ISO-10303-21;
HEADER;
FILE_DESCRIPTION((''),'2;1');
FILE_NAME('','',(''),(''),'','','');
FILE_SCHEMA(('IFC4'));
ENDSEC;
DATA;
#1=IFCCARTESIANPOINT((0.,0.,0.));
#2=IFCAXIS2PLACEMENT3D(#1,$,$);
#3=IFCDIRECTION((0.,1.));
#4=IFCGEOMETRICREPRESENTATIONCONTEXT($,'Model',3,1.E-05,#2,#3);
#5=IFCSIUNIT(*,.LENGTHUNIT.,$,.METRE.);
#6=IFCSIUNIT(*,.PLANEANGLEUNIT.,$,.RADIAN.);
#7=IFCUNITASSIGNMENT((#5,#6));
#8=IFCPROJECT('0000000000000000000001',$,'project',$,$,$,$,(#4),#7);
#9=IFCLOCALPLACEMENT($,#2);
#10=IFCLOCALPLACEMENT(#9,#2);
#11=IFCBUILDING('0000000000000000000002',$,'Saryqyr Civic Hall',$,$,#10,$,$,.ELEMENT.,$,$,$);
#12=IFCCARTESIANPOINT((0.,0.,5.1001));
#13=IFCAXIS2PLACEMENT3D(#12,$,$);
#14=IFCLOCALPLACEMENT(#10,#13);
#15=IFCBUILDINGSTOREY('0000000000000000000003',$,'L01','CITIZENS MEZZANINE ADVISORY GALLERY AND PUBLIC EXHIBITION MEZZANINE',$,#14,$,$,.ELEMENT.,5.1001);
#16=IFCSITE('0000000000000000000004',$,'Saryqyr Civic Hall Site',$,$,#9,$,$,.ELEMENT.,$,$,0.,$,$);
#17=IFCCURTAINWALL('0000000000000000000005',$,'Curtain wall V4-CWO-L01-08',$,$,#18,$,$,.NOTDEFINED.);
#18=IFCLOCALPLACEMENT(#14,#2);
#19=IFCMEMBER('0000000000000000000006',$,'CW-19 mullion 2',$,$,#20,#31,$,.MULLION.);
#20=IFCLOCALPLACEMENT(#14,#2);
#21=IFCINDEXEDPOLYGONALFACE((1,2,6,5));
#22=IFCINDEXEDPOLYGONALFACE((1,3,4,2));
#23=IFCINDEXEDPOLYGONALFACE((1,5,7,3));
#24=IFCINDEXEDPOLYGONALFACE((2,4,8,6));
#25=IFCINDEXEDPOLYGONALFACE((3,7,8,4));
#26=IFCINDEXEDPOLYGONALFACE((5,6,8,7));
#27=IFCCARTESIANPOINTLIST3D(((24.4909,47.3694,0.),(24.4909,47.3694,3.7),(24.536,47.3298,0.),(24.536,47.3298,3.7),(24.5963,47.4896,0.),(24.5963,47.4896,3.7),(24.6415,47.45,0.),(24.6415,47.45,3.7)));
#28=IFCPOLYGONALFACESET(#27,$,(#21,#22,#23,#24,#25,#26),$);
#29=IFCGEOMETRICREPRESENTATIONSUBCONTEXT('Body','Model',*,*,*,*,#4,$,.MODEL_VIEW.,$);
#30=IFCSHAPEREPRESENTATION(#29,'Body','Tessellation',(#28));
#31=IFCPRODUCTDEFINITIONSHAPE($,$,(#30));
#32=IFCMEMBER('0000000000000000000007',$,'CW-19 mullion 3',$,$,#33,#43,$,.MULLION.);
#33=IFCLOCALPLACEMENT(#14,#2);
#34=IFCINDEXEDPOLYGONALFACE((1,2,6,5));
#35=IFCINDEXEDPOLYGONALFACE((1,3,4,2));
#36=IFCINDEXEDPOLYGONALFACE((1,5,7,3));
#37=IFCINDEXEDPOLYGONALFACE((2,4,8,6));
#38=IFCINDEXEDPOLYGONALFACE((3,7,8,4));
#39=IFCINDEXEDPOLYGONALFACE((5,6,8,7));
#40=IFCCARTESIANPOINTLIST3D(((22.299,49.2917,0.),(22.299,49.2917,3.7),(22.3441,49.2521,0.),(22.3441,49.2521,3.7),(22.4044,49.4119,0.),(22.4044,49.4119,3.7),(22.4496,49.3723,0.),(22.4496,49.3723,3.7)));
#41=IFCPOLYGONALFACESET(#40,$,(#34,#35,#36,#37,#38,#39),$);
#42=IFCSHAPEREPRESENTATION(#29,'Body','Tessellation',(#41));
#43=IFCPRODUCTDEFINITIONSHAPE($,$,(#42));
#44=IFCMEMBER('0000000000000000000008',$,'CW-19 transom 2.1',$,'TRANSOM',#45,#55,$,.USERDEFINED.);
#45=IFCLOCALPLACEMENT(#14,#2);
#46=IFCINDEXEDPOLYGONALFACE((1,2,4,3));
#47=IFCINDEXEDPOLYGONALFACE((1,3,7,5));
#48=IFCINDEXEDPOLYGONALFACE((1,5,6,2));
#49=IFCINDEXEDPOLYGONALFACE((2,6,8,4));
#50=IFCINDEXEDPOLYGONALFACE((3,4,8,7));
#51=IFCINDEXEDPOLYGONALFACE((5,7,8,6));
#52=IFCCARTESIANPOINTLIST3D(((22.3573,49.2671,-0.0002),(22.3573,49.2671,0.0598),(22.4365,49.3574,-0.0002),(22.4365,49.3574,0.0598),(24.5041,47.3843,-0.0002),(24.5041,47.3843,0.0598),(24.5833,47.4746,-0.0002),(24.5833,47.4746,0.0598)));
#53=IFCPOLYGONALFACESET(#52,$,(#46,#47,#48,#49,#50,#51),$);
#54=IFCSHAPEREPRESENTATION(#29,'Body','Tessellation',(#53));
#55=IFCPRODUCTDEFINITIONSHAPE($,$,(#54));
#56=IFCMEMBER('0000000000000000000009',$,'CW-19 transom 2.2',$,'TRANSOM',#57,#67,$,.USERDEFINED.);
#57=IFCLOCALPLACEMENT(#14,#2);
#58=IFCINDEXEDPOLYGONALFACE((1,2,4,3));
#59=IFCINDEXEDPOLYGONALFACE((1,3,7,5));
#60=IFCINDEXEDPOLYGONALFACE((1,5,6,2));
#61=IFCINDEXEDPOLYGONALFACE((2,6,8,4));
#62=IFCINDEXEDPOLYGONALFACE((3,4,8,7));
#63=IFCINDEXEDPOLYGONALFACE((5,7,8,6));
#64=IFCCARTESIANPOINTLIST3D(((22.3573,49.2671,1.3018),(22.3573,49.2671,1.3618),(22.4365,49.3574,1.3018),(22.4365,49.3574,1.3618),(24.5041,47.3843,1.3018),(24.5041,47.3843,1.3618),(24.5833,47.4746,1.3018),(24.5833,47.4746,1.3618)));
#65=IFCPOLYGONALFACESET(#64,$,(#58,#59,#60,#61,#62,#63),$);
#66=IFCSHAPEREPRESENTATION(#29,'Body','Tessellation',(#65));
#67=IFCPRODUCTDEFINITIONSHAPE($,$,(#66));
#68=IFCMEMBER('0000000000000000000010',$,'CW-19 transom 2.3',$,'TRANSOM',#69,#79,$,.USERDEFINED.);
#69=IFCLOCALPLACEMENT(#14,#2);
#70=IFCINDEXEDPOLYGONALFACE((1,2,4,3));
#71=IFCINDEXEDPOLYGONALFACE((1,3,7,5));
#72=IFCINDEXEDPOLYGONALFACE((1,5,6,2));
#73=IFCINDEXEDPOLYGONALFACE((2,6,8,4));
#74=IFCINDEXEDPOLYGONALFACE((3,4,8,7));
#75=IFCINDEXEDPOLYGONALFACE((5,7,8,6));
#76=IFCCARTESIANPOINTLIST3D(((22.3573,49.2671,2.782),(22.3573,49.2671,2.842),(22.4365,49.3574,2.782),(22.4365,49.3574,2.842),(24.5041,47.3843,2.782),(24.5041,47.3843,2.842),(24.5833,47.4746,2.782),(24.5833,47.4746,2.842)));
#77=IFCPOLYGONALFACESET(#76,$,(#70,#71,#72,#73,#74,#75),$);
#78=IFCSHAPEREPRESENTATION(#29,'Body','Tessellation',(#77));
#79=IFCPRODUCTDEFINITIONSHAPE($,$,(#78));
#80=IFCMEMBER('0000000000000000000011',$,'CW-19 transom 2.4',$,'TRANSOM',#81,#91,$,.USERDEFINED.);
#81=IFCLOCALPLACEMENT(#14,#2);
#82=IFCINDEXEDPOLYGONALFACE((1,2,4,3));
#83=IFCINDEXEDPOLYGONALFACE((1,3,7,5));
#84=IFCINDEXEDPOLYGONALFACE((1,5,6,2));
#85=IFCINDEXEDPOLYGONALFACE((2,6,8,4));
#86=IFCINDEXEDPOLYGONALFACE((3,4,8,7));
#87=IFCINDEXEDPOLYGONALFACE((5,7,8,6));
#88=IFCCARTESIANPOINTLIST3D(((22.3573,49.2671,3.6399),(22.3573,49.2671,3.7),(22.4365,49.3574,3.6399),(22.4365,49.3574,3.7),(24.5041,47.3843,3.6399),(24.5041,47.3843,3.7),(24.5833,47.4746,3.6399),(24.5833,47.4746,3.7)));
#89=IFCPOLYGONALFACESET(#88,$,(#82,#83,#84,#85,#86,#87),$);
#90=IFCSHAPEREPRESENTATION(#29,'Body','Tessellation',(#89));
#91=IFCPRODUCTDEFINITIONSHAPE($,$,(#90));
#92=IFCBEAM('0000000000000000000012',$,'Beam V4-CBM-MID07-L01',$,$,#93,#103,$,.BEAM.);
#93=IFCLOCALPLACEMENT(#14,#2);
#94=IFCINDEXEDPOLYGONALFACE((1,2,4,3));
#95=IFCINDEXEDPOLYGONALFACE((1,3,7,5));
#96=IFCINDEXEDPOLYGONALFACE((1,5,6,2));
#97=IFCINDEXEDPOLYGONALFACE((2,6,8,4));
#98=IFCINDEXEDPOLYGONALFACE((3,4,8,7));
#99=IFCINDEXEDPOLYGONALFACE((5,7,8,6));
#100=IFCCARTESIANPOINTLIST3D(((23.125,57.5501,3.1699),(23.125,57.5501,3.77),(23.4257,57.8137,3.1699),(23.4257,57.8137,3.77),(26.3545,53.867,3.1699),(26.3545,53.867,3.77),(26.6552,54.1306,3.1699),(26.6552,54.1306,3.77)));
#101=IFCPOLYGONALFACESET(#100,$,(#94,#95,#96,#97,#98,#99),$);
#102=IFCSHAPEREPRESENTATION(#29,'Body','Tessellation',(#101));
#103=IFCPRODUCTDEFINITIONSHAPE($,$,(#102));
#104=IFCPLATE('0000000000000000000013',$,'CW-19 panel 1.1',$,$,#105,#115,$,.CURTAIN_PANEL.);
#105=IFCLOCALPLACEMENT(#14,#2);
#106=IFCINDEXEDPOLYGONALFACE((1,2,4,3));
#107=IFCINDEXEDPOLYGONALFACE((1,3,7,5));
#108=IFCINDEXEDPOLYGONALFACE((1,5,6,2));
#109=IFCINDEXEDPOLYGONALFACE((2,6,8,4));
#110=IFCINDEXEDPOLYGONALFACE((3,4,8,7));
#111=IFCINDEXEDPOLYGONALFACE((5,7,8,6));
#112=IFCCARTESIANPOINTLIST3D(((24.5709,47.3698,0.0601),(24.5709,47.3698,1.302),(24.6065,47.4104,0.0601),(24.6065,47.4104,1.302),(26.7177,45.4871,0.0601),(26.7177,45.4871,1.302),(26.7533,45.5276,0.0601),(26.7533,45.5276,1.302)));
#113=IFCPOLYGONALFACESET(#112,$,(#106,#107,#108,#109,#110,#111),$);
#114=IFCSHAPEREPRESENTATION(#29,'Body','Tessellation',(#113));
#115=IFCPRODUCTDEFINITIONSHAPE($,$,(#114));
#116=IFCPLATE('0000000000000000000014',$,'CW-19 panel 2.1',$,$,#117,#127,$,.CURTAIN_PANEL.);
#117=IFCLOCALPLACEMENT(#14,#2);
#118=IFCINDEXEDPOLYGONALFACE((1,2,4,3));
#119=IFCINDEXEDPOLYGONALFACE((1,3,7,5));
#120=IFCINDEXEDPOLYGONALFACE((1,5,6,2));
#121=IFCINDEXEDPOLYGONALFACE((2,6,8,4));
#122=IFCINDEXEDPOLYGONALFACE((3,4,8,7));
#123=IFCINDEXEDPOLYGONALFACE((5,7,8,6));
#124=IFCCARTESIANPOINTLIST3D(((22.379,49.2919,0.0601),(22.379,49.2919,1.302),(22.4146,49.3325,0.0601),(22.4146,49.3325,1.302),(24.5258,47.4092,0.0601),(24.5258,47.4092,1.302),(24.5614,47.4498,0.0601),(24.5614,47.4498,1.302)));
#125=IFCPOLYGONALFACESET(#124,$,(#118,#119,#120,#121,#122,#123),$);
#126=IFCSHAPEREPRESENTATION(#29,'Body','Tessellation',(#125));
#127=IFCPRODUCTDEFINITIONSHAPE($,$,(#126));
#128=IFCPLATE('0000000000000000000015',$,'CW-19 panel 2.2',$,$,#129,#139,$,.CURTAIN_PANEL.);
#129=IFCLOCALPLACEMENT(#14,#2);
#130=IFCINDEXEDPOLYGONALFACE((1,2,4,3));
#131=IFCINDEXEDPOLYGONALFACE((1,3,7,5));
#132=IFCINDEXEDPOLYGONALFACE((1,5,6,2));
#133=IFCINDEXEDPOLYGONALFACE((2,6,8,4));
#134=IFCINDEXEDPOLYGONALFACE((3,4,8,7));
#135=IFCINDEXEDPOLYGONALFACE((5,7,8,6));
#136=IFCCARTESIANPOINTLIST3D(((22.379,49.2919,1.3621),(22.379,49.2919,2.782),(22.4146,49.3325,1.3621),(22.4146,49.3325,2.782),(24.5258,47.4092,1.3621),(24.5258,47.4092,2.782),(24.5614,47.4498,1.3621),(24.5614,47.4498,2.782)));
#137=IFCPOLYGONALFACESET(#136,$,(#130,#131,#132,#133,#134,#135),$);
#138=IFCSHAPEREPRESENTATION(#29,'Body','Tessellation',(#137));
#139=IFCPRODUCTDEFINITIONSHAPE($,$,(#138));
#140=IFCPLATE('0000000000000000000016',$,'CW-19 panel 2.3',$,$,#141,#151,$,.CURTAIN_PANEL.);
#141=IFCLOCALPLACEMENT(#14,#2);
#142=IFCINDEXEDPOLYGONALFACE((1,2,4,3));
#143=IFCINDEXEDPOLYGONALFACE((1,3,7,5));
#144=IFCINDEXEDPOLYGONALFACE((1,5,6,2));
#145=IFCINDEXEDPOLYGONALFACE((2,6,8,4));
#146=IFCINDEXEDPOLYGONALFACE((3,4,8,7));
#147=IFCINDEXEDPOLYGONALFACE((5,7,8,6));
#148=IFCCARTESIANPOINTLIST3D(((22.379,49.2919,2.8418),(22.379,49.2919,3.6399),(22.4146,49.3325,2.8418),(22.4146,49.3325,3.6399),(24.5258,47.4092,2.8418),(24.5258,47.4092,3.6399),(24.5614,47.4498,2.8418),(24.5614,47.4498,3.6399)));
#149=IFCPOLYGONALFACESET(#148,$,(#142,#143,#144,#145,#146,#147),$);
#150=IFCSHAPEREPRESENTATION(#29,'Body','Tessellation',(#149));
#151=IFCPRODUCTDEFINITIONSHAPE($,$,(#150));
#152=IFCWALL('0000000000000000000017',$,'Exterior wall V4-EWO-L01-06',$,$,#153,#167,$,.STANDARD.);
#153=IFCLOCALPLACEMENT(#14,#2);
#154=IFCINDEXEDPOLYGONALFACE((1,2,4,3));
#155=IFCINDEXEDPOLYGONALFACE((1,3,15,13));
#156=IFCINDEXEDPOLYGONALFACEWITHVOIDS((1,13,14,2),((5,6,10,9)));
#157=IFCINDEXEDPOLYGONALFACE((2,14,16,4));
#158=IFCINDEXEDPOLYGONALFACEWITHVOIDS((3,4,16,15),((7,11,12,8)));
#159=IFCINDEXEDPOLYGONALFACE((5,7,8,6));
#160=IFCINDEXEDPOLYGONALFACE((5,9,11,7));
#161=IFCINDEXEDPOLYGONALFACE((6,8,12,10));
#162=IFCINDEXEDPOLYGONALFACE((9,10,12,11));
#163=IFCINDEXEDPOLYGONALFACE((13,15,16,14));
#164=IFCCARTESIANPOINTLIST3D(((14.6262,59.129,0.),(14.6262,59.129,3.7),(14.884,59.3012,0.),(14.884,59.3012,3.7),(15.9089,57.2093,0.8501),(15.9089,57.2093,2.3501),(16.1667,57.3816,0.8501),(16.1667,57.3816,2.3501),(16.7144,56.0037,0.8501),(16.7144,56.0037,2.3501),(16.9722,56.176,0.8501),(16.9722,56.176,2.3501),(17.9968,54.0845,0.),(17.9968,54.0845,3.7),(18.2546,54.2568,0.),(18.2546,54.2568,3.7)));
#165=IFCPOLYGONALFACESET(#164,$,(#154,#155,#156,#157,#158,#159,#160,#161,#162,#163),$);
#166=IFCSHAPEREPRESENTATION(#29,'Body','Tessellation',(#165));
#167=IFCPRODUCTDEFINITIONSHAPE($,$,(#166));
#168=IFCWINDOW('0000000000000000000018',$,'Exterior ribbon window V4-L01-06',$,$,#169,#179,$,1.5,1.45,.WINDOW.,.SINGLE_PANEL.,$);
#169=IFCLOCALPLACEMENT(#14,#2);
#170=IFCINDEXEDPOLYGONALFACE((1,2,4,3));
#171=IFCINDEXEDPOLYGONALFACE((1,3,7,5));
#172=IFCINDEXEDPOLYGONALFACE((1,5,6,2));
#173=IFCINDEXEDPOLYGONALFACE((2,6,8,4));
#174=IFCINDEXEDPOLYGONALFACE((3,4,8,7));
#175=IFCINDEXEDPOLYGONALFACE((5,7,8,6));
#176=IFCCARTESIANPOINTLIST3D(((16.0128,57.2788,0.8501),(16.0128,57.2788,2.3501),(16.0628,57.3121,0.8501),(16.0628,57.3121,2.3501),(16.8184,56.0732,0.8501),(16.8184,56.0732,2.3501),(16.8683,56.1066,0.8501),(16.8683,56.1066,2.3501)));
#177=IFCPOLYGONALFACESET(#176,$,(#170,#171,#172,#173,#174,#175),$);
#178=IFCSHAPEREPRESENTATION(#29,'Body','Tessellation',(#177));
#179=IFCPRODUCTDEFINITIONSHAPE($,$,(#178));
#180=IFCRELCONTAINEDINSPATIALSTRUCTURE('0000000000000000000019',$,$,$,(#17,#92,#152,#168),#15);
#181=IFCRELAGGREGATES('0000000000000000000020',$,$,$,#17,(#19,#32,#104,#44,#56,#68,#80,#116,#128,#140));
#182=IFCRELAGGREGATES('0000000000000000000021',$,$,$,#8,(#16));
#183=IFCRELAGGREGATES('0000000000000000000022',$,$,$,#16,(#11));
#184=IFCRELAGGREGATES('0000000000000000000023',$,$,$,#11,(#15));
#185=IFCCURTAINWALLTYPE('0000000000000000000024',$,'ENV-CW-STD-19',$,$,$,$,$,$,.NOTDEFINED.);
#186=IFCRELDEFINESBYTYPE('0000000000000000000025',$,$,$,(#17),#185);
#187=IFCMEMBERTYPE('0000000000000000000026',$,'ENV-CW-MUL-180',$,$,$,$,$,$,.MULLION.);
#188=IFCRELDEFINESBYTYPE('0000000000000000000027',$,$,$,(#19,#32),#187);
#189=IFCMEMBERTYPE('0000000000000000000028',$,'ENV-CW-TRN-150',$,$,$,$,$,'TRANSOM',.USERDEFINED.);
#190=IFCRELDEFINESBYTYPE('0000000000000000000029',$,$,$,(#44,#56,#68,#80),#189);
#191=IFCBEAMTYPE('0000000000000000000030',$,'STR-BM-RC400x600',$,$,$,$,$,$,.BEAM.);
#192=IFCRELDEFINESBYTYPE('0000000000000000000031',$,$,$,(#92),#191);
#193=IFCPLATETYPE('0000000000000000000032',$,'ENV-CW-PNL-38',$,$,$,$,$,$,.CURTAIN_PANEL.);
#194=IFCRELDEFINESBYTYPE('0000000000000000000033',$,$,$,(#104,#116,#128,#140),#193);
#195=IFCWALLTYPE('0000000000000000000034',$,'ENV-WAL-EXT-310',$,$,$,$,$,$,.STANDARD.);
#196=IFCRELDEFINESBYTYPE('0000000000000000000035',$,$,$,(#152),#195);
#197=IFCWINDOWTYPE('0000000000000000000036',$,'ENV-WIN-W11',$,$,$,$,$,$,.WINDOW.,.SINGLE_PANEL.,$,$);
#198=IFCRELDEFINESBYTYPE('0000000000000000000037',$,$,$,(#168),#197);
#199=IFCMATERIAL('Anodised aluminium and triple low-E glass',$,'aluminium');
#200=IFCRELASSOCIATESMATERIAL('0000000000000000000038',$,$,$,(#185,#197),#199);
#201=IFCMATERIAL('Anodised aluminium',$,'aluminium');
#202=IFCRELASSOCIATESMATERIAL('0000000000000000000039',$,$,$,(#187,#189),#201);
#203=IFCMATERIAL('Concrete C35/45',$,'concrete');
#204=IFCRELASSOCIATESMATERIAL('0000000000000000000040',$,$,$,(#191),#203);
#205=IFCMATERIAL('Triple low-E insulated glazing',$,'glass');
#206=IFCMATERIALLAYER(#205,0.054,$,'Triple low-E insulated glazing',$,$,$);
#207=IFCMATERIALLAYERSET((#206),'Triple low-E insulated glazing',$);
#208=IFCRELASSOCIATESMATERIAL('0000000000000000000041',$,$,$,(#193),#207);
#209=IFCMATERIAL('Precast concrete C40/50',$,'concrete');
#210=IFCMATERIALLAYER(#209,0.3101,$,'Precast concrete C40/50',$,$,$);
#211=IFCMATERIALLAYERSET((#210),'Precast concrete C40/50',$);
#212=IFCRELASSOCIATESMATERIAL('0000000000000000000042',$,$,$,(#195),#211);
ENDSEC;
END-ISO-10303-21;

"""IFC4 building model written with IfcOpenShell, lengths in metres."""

from ifc_helpers import new_model, si_unit, direction, frame, frame_2d, origin, origin_2d, place, context, subcontext, project, spatial, rectangle, extrude, material, layer, layer_set, material_profile, profile_set, type_object, element, fill, aggregate, save


model = new_model("IFC4")

# Units and contexts
model_context = context("Model", 3, precision=1e-05, world=origin(), true_north=direction((0.0, 1.0)))
body_context = subcontext(model_context, "Body", "Model", "MODEL_VIEW")
ifc_project = project(units=[si_unit("LENGTHUNIT", "METRE"), si_unit("PLANEANGLEUNIT", "RADIAN")], contexts=[model_context])

# Site, building, storey
site_placement = place(None, origin())
site = spatial("IfcSite", under=ifc_project, at=site_placement, Name="Saryqyr Civic Hall Site", CompositionType="ELEMENT", RefElevation=0.0)
building_placement = place(site_placement, origin())
building = spatial("IfcBuilding", under=site, at=building_placement, Name="Saryqyr Civic Hall", CompositionType="ELEMENT")
storey_placement = place(building_placement, frame((0.0, 0.0, 5.1001)))
storey = spatial("IfcBuildingStorey", under=building, at=storey_placement, Name="L01", Description="CITIZENS MEZZANINE ADVISORY GALLERY AND PUBLIC EXHIBITION MEZZANINE", CompositionType="ELEMENT", Elevation=5.1001)

# Curtain wall, members
ifc_material_1 = material(Name="Anodised aluminium and triple low-E glass", Category="aluminium")
curtain_wall_type = type_object("IfcCurtainWallType", Name="ENV-CW-STD-19", PredefinedType="NOTDEFINED", material=ifc_material_1)
curtain_wall_placement = place(storey_placement, origin())
curtain_wall = element("IfcCurtainWall", 1, at=curtain_wall_placement, inside=storey, type_object=curtain_wall_type, Name="Curtain wall V4-CWO-L01-08", PredefinedType="NOTDEFINED")
ifc_material_2 = material(Name="Anodised aluminium", Category="aluminium")
ifc_material_profile_1 = material_profile(ifc_material_2, rectangle(XDim=0.0601, YDim=0.1599, at=origin_2d()), Name="ALU MULLION 60x160")
ifc_profile_set_1 = profile_set([ifc_material_profile_1], Name="Anodised aluminium")
member_type_1 = type_object("IfcMemberType", Name="ENV-CW-MUL-180", PredefinedType="MULLION", material=ifc_profile_set_1)
member_1_placement = place(storey_placement, frame((24.5662, 47.4097, 0.0), z_axis=(0.0, 0.0, 1.0), x_axis=(-0.751835, 0.659351, 0.0)))
member_1 = element("IfcMember", 2, at=member_1_placement, type_object=member_type_1, Name="CW-19 mullion 2", PredefinedType="MULLION", context=body_context, shape_type="SweptSolid", body=[
    extrude(rectangle(XDim=0.0601, YDim=0.1599, at=origin_2d()), origin(), (0.0, 0.0, 1.0), 3.7),
])
member_2_placement = place(storey_placement, frame((22.3743, 49.332, 0.0), z_axis=(0.0, 0.0, 1.0), x_axis=(-0.751835, 0.659351, 0.0)))
member_2 = element("IfcMember", 3, at=member_2_placement, type_object=member_type_1, Name="CW-19 mullion 3", PredefinedType="MULLION", context=body_context, shape_type="SweptSolid", body=[
    extrude(rectangle(XDim=0.0601, YDim=0.1599, at=origin_2d()), origin(), (0.0, 0.0, 1.0), 3.7),
])
ifc_material_profile_2 = material_profile(ifc_material_2, rectangle(XDim=0.1201, YDim=0.0601, at=origin_2d()), Name="ALU TRANSOM 120x60")
ifc_profile_set_2 = profile_set([ifc_material_profile_2], Name="Anodised aluminium")
member_type_2 = type_object("IfcMemberType", Name="ENV-CW-TRN-150", ElementType="TRANSOM", PredefinedType="USERDEFINED", material=ifc_profile_set_2)
member_3_placement = place(storey_placement, frame((24.5437, 47.4294, 0.0298), z_axis=(-0.751808, 0.659382, 0.0), x_axis=(-0.659382, -0.751808, 0.0)))
member_3 = element("IfcMember", 4, at=member_3_placement, type_object=member_type_2, Name="CW-19 transom 2.1", ObjectType="TRANSOM", PredefinedType="USERDEFINED", context=body_context, shape_type="SweptSolid", body=[
    extrude(rectangle(XDim=0.1201, YDim=0.0601, at=origin_2d()), origin(), (0.0, 0.0, 1.0), 2.8555),
])
member_4_placement = place(storey_placement, frame((24.5437, 47.4294, 1.3318), z_axis=(-0.751808, 0.659382, 0.0), x_axis=(-0.659382, -0.751808, 0.0)))
member_4 = element("IfcMember", 5, at=member_4_placement, type_object=member_type_2, Name="CW-19 transom 2.2", ObjectType="TRANSOM", PredefinedType="USERDEFINED", context=body_context, shape_type="SweptSolid", body=[
    extrude(rectangle(XDim=0.1201, YDim=0.0601, at=origin_2d()), origin(), (0.0, 0.0, 1.0), 2.8555),
])
member_5_placement = place(storey_placement, frame((24.5437, 47.4294, 2.812), z_axis=(-0.751808, 0.659382, 0.0), x_axis=(-0.659382, -0.751808, 0.0)))
member_5 = element("IfcMember", 6, at=member_5_placement, type_object=member_type_2, Name="CW-19 transom 2.3", ObjectType="TRANSOM", PredefinedType="USERDEFINED", context=body_context, shape_type="SweptSolid", body=[
    extrude(rectangle(XDim=0.1201, YDim=0.0601, at=origin_2d()), origin(), (0.0, 0.0, 1.0), 2.8555),
])
member_6_placement = place(storey_placement, frame((24.5437, 47.4294, 3.6699), z_axis=(-0.751808, 0.659382, 0.0), x_axis=(-0.659382, -0.751808, 0.0)))
member_6 = element("IfcMember", 7, at=member_6_placement, type_object=member_type_2, Name="CW-19 transom 2.4", ObjectType="TRANSOM", PredefinedType="USERDEFINED", context=body_context, shape_type="SweptSolid", body=[
    extrude(rectangle(XDim=0.1201, YDim=0.0601, at=origin_2d()), origin(), (0.0, 0.0, 1.0), 2.8555),
])

# Beam
ifc_material_3 = material(Name="Concrete C35/45", Category="concrete")
ifc_material_profile_3 = material_profile(ifc_material_3, rectangle(XDim=0.3999, YDim=0.6001, at=origin_2d()), Name="RC 400x600")
ifc_profile_set_3 = profile_set([ifc_material_profile_3], Name="Concrete C35/45")
beam_type = type_object("IfcBeamType", Name="STR-BM-RC400x600", PredefinedType="BEAM", material=ifc_profile_set_3)
beam_placement = place(storey_placement, frame((23.2754, 57.6819, 3.47), z_axis=(0.659288, -0.751891, 0.0), x_axis=(0.751891, 0.659288, 0.0)))
element("IfcBeam", 8, at=beam_placement, inside=storey, type_object=beam_type, Name="Beam V4-CBM-MID07-L01", PredefinedType="BEAM", context=body_context, shape_type="SweptSolid", body=[
    extrude(rectangle(XDim=0.3999, YDim=0.6001, at=origin_2d()), origin(), (0.0, 0.0, 1.0), 4.8984),
])

# Plates
ifc_material_4 = material(Name="Triple low-E insulated glazing", Category="glass")
ifc_layer_1 = layer(ifc_material_4, 0.054, Name="Triple low-E insulated glazing")
ifc_layer_set_1 = layer_set([ifc_layer_1], Name="Triple low-E insulated glazing")
plate_type = type_object("IfcPlateType", Name="ENV-CW-PNL-38", PredefinedType="CURTAIN_PANEL", material=ifc_layer_set_1)
plate_1_placement = place(storey_placement, frame((25.6621, 46.4487, 0.0601), z_axis=(0.0, 0.0, 1.0), x_axis=(-0.751835, 0.659351, 0.0)))
plate_1 = element("IfcPlate", 9, at=plate_1_placement, type_object=plate_type, Name="CW-19 panel 1.1", PredefinedType="CURTAIN_PANEL", context=body_context, shape_type="SweptSolid", body=[
    extrude(rectangle(XDim=2.8555, YDim=0.054, at=origin_2d()), origin(), (0.0, 0.0, 1.0), 1.2419),
])
plate_2_placement = place(storey_placement, frame((23.4702, 48.3708, 0.0601), z_axis=(0.0, 0.0, 1.0), x_axis=(-0.751835, 0.659351, 0.0)))
plate_2 = element("IfcPlate", 10, at=plate_2_placement, type_object=plate_type, Name="CW-19 panel 2.1", PredefinedType="CURTAIN_PANEL", context=body_context, shape_type="SweptSolid", body=[
    extrude(rectangle(XDim=2.8555, YDim=0.054, at=origin_2d()), origin(), (0.0, 0.0, 1.0), 1.2419),
])
plate_3_placement = place(storey_placement, frame((23.4702, 48.3708, 1.3621), z_axis=(0.0, 0.0, 1.0), x_axis=(-0.751835, 0.659351, 0.0)))
plate_3 = element("IfcPlate", 11, at=plate_3_placement, type_object=plate_type, Name="CW-19 panel 2.2", PredefinedType="CURTAIN_PANEL", context=body_context, shape_type="SweptSolid", body=[
    extrude(rectangle(XDim=2.8555, YDim=0.054, at=origin_2d()), origin(), (0.0, 0.0, 1.0), 1.4199),
])
plate_4_placement = place(storey_placement, frame((23.4702, 48.3708, 2.8418), z_axis=(0.0, 0.0, 1.0), x_axis=(-0.751835, 0.659351, 0.0)))
plate_4 = element("IfcPlate", 12, at=plate_4_placement, type_object=plate_type, Name="CW-19 panel 2.3", PredefinedType="CURTAIN_PANEL", context=body_context, shape_type="SweptSolid", body=[
    extrude(rectangle(XDim=2.8555, YDim=0.054, at=origin_2d()), origin(), (0.0, 0.0, 1.0), 0.7981),
])
aggregate(curtain_wall, [member_1, member_2, plate_1, member_3, member_4, member_5, member_6, plate_2, plate_3, plate_4])

# Wall, opening, window
ifc_material_5 = material(Name="Precast concrete C40/50", Category="concrete")
ifc_layer_2 = layer(ifc_material_5, 0.3101, Name="Precast concrete C40/50")
ifc_layer_set_2 = layer_set([ifc_layer_2], Name="Precast concrete C40/50")
wall_type = type_object("IfcWallType", Name="ENV-WAL-EXT-310", PredefinedType="STANDARD", material=ifc_layer_set_2)
wall_1_placement = place(storey_placement, frame((18.1257, 54.1707, 0.0), z_axis=(0.0, 0.0, 1.0), x_axis=(-0.555573, 0.831468, 0.0)))
wall_1 = element("IfcWall", 13, at=wall_1_placement, inside=storey, type_object=wall_type, Name="Exterior wall V4-EWO-L01-06", PredefinedType="STANDARD", context=body_context, shape_type="SweptSolid", body=[
    extrude(rectangle(XDim=6.0669, YDim=0.3101, at=frame_2d((3.0334, 0.0))), origin(), (0.0, 0.0, 1.0), 3.7),
])
opening_1_placement = place(wall_1_placement, frame((2.3081, 0.0, 0.8501)))
opening_1 = element("IfcOpeningElement", 14, at=opening_1_placement, cuts=wall_1, PredefinedType="OPENING", context=body_context, shape_type="SweptSolid", body=[
    extrude(rectangle(XDim=1.45, YDim=1.5, at=frame_2d((0.7251, 0.75))), frame((0.0, 0.165, 0.0), z_axis=(0.0, -1.0, 0.0), x_axis=(1.0, 0.0, 0.0)), (0.0, 0.0, 1.0), 0.3301),
])
window_type_1 = type_object("IfcWindowType", Name="ENV-WIN-W11", PartitioningType="SINGLE_PANEL", PredefinedType="WINDOW", material=ifc_material_1)
window_1_placement = place(opening_1_placement, origin())
window_1 = element("IfcWindow", 15, at=window_1_placement, inside=storey, type_object=window_type_1, Name="Exterior ribbon window V4-L01-06", OverallHeight=1.5, OverallWidth=1.45, PartitioningType="SINGLE_PANEL", PredefinedType="WINDOW", context=body_context, shape_type="SweptSolid", body=[
    extrude(rectangle(XDim=1.45, YDim=1.5, at=frame_2d((0.7251, 0.75))), frame((0.0, 0.03, 0.0), z_axis=(0.0, -1.0, 0.0), x_axis=(1.0, 0.0, 0.0)), (0.0, 0.0, 1.0), 0.0601),
])
fill(opening_1, window_1)

save(model, "model.ifc")
